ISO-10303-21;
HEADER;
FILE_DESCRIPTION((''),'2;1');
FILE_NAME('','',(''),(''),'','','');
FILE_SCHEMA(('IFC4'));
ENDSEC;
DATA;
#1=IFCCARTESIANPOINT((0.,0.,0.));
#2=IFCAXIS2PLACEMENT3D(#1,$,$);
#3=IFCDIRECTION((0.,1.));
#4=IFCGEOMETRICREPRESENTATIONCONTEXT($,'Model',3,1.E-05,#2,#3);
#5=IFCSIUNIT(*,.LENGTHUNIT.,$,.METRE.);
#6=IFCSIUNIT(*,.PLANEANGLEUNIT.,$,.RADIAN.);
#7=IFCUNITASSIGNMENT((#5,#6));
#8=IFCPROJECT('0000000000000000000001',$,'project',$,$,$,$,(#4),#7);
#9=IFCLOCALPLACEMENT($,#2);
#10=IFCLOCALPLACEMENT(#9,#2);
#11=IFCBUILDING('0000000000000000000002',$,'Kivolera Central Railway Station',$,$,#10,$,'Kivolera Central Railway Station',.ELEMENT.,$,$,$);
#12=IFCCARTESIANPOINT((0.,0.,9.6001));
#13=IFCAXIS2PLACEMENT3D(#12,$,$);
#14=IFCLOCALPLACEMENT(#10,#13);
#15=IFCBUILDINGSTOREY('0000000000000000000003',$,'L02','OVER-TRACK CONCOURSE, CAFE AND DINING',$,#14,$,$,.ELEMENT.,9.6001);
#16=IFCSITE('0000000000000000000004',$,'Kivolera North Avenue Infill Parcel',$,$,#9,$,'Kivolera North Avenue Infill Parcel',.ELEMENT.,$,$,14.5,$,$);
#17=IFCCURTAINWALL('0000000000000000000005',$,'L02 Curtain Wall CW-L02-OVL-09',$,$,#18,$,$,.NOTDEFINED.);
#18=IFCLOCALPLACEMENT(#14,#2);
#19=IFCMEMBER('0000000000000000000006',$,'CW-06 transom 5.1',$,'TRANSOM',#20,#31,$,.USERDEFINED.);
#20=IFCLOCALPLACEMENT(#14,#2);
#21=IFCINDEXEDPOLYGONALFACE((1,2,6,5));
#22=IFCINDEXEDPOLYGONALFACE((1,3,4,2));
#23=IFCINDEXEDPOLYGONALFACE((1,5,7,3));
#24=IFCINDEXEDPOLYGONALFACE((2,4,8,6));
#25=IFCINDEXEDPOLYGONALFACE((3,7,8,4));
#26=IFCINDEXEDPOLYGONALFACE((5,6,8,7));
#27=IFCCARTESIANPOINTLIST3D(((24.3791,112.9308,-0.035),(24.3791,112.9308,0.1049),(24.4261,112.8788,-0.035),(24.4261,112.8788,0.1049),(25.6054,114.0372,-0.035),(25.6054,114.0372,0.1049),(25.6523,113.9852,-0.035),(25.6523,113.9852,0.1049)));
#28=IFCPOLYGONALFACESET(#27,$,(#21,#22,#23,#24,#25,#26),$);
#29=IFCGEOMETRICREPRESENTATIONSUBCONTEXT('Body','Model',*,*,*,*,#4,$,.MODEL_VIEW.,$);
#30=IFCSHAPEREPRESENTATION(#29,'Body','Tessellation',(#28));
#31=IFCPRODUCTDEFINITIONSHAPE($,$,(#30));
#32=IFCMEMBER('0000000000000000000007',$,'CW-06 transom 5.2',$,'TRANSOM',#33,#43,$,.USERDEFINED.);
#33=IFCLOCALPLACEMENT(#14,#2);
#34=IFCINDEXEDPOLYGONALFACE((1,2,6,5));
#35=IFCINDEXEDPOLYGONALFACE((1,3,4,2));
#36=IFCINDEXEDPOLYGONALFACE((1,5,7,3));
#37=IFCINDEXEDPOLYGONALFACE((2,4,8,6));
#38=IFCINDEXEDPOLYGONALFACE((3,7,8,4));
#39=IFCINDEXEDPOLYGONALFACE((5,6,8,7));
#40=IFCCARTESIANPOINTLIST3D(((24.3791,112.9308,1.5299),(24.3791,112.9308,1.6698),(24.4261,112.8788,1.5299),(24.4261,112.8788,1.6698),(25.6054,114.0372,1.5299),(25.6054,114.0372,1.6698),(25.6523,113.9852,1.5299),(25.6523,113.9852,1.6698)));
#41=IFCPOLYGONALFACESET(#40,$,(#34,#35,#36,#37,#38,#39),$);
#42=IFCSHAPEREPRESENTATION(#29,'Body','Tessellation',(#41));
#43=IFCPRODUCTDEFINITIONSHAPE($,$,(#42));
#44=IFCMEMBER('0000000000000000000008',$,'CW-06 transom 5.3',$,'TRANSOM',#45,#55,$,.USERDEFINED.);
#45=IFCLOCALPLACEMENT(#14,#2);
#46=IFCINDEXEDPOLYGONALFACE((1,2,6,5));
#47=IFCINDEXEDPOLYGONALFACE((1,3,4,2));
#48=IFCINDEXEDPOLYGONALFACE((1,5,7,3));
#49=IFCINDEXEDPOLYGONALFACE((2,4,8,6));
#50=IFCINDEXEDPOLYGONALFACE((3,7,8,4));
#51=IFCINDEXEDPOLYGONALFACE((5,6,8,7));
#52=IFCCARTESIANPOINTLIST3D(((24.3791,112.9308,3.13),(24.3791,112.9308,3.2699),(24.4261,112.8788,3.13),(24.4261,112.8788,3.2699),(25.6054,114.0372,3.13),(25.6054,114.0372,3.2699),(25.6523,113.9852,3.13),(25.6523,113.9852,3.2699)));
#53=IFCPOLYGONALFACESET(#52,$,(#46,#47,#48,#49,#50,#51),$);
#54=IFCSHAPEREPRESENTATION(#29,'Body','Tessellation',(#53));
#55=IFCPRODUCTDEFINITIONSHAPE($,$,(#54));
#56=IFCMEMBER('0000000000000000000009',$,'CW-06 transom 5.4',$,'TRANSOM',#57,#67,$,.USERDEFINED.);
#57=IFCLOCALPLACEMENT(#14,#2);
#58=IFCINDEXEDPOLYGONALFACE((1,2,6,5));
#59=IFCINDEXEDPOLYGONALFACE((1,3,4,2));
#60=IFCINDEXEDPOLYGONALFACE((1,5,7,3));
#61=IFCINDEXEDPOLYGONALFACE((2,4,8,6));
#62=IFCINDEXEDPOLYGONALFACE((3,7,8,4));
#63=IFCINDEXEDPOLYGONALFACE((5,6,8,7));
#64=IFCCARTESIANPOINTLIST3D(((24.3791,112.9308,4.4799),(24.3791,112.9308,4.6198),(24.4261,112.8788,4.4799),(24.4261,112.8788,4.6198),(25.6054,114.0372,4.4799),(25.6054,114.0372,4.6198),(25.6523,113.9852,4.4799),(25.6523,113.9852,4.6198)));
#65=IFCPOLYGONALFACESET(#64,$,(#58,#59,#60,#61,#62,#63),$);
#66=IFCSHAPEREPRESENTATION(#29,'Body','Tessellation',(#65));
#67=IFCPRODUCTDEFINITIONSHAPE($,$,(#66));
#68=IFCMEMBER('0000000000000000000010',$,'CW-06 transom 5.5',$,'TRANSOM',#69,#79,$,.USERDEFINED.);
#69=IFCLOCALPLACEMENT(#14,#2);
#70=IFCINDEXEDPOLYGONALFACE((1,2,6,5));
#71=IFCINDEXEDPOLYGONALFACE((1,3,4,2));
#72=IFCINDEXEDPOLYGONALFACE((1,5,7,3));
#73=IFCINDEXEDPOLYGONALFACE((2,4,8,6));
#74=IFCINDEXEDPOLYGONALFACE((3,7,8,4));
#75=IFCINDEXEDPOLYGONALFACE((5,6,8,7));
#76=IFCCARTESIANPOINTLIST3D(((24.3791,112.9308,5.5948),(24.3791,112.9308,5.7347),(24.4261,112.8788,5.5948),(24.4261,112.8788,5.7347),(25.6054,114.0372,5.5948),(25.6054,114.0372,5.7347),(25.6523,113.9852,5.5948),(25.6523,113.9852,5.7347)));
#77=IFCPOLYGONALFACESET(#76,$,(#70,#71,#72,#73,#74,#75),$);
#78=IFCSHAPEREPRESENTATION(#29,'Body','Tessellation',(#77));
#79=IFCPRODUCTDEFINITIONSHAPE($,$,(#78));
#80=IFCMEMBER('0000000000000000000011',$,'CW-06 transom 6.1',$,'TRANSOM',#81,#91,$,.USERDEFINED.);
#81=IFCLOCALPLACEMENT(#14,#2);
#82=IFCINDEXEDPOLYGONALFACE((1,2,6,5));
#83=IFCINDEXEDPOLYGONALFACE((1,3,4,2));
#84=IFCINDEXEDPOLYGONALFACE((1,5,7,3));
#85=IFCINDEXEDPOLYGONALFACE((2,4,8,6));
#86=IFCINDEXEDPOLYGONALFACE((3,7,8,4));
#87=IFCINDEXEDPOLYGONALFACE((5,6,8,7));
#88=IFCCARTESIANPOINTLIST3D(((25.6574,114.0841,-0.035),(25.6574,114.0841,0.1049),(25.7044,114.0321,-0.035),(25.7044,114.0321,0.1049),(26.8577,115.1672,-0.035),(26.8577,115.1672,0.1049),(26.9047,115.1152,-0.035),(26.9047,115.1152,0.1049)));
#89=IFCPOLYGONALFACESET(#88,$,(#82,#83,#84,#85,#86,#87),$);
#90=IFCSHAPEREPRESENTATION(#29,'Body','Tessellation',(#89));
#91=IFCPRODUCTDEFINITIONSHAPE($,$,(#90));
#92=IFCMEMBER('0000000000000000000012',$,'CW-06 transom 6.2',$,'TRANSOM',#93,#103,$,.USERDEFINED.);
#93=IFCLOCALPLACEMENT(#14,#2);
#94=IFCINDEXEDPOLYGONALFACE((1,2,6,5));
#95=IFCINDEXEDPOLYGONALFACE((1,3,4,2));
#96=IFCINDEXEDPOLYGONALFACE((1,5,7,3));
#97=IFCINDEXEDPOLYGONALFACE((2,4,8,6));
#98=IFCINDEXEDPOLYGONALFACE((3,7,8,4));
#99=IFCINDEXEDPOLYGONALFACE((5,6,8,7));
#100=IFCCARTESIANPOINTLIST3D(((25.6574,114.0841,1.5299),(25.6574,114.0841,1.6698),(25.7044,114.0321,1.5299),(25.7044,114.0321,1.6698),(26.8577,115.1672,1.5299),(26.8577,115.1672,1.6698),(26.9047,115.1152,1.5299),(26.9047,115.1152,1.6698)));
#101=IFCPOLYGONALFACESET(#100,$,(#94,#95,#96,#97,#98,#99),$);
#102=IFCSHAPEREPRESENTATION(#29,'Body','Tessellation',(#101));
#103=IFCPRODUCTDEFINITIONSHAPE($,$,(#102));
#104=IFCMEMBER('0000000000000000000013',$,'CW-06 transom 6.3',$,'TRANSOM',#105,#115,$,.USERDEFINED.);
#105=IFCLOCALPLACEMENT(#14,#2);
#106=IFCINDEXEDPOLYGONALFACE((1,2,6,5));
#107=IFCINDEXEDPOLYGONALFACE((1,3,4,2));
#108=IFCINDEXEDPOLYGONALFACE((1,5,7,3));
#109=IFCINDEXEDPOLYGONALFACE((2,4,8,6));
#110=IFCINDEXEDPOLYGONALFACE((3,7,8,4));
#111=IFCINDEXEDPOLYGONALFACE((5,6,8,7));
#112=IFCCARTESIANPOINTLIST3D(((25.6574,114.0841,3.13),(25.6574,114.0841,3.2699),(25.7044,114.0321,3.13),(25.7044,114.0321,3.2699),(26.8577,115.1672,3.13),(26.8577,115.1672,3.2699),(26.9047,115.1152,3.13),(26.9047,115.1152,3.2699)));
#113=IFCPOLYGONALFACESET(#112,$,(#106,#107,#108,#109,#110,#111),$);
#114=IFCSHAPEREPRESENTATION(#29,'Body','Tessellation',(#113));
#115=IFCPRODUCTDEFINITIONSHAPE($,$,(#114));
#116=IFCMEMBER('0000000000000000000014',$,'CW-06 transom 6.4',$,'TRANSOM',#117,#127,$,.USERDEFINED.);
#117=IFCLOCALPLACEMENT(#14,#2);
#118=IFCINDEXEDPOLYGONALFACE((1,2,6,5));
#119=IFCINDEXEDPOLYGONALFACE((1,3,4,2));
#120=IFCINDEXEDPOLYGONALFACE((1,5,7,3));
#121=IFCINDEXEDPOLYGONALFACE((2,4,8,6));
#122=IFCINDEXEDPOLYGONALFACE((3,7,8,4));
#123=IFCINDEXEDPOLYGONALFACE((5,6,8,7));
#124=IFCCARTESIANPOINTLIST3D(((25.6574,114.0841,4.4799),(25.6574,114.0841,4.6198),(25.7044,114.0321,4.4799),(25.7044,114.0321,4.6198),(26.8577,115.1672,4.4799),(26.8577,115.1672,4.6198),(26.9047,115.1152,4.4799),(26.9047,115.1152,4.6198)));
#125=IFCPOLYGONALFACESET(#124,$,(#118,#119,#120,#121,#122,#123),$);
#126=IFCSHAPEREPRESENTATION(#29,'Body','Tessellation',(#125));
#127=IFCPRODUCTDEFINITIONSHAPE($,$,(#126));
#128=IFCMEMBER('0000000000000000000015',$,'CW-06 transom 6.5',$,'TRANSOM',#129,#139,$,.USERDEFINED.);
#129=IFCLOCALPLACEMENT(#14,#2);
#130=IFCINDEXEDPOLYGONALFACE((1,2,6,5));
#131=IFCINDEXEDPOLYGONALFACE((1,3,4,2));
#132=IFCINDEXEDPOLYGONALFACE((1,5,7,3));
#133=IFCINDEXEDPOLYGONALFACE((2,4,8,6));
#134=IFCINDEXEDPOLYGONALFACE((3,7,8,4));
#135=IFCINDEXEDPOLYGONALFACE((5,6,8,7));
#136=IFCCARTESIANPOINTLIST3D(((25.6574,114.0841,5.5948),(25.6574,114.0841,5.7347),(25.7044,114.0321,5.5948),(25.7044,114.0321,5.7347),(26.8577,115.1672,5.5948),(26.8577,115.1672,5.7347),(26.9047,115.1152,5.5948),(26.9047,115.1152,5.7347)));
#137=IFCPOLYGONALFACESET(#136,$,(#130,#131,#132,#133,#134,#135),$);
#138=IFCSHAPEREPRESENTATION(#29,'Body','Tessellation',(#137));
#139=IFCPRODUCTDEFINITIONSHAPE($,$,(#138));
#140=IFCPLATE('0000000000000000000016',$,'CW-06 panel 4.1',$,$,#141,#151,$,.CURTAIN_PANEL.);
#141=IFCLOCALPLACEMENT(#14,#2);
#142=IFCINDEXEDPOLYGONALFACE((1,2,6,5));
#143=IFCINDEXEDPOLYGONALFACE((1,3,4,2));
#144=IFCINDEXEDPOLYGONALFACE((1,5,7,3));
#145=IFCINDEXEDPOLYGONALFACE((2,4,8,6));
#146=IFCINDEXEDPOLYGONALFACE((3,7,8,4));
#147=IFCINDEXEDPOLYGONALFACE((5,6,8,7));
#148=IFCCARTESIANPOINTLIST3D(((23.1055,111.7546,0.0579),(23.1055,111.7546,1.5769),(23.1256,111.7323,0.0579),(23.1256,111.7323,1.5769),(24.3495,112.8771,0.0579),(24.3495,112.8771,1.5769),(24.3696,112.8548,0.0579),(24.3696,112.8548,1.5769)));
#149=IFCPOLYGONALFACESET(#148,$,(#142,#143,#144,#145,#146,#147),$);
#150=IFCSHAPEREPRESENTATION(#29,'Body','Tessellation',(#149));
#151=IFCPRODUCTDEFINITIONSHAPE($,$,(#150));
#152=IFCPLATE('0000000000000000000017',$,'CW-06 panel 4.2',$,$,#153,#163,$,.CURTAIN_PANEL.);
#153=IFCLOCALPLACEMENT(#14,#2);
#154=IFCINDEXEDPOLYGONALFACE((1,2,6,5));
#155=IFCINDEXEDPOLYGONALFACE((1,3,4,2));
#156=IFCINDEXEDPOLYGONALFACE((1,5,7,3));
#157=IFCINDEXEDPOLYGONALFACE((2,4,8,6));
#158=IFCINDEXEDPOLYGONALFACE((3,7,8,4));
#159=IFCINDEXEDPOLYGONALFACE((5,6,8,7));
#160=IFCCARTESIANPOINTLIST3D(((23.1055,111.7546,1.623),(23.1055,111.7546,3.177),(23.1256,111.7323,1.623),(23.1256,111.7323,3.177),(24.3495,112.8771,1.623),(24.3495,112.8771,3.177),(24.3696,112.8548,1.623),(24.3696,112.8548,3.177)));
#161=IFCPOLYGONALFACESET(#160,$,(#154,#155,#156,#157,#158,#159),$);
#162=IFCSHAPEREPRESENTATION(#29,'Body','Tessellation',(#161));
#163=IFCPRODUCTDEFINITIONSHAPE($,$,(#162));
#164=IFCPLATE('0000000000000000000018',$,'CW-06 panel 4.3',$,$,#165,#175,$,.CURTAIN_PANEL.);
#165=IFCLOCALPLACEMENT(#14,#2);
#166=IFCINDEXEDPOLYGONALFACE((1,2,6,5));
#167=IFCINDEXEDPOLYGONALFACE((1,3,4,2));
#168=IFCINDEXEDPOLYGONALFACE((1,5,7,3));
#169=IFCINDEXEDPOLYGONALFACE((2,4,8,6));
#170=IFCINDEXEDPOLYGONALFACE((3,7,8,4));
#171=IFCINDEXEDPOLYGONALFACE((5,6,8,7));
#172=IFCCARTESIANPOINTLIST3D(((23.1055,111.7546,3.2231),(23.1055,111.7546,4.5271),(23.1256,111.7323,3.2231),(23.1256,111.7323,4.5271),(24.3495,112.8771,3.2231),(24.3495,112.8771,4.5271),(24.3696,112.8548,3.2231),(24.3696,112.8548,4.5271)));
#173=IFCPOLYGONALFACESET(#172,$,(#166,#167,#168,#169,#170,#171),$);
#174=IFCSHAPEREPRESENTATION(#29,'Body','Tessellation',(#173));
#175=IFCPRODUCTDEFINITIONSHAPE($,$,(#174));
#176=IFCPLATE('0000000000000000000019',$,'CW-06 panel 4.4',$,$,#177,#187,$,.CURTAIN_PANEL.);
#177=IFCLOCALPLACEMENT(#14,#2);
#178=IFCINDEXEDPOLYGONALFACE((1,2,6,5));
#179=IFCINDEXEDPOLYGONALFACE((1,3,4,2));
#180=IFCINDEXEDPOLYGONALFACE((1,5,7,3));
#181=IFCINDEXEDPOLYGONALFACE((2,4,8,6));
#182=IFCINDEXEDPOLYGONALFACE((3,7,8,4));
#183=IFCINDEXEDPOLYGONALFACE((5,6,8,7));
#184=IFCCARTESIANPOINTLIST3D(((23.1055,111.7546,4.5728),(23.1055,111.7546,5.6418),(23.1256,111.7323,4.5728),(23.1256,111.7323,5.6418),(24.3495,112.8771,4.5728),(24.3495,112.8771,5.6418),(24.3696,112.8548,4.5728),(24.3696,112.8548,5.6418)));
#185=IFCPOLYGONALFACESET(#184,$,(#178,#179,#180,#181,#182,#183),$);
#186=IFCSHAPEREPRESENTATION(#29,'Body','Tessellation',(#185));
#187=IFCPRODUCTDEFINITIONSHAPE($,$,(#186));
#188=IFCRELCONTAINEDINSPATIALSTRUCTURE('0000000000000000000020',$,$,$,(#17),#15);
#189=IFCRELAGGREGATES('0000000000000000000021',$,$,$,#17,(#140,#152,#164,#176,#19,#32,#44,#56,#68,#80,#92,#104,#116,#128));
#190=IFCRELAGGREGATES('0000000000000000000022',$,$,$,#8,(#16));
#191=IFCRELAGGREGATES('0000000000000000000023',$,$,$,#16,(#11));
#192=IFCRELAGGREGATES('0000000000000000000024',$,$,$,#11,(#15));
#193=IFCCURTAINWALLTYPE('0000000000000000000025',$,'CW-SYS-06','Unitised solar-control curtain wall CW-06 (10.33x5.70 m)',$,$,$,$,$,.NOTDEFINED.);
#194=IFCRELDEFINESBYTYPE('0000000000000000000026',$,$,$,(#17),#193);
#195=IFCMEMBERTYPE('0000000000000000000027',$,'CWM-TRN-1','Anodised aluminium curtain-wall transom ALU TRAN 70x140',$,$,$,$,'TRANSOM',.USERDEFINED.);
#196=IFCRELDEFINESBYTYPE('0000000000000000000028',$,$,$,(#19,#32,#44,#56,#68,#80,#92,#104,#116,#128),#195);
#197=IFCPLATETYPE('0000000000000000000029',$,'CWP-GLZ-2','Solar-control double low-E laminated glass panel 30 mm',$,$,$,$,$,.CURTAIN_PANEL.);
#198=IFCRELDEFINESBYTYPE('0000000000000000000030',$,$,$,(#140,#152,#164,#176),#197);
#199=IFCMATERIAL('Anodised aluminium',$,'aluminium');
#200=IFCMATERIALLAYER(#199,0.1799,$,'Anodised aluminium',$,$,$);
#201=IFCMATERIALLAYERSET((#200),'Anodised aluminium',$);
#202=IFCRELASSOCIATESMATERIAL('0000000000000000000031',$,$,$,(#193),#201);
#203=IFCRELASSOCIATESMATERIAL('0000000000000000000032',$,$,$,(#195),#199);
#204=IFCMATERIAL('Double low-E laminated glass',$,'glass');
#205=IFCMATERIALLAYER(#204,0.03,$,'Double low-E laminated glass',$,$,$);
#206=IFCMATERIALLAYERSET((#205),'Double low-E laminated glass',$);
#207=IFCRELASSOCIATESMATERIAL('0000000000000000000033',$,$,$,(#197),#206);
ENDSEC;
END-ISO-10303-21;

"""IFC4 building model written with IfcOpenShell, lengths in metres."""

from ifc_helpers import new_model, si_unit, direction, frame, origin, origin_2d, place, context, subcontext, project, spatial, rectangle, extrude, material, layer, layer_set, material_profile, profile_set, type_object, element, aggregate, save


model = new_model("IFC4")

# Units and contexts
model_context = context("Model", 3, precision=1e-05, world=origin(), true_north=direction((0.0, 1.0)))
body_context = subcontext(model_context, "Body", "Model", "MODEL_VIEW")
ifc_project = project(units=[si_unit("LENGTHUNIT", "METRE"), si_unit("PLANEANGLEUNIT", "RADIAN")], contexts=[model_context])

# Site, building, storey
site_placement = place(None, origin())
site = spatial("IfcSite", under=ifc_project, at=site_placement, Name="Kivolera North Avenue Infill Parcel", LongName="Kivolera North Avenue Infill Parcel", CompositionType="ELEMENT", RefElevation=14.5)
building_placement = place(site_placement, origin())
building = spatial("IfcBuilding", under=site, at=building_placement, Name="Kivolera Central Railway Station", LongName="Kivolera Central Railway Station", CompositionType="ELEMENT")
storey_placement = place(building_placement, frame((0.0, 0.0, 9.6001)))
storey = spatial("IfcBuildingStorey", under=building, at=storey_placement, Name="L02", Description="OVER-TRACK CONCOURSE, CAFE AND DINING", CompositionType="ELEMENT", Elevation=9.6001)

# Curtain wall, members, plates
ifc_material_1 = material(Name="Anodised aluminium", Category="aluminium")
ifc_layer_1 = layer(ifc_material_1, 0.1799, Name="Anodised aluminium")
ifc_layer_set_1 = layer_set([ifc_layer_1], Name="Anodised aluminium")
curtain_wall_type = type_object("IfcCurtainWallType", Name="CW-SYS-06", Description="Unitised solar-control curtain wall CW-06 (10.33x5.70 m)", PredefinedType="NOTDEFINED", material=ifc_layer_set_1)
curtain_wall_placement = place(storey_placement, origin())
curtain_wall = element("IfcCurtainWall", 1, at=curtain_wall_placement, inside=storey, type_object=curtain_wall_type, Name="L02 Curtain Wall CW-L02-OVL-09", PredefinedType="NOTDEFINED")
ifc_material_profile_1 = material_profile(ifc_material_1, rectangle(XDim=0.0701, YDim=0.1399, at=origin_2d()), Name="ALU TRAN 70x140")
ifc_profile_set_1 = profile_set([ifc_material_profile_1], Name="Anodised aluminium")
member_type_1 = type_object("IfcMemberType", Name="CWM-TRN-1", Description="Anodised aluminium curtain-wall transom ALU TRAN 70x140", ElementType="TRANSOM", PredefinedType="USERDEFINED", material=ifc_profile_set_1)
member_1_placement = place(storey_placement, frame((24.4026, 112.9048, 0.0349), z_axis=(0.742463, 0.669887, 0.0), x_axis=(-0.669887, 0.742463, 0.0)))
member_1 = element("IfcMember", 2, at=member_1_placement, type_object=member_type_1, Name="CW-06 transom 5.1", ObjectType="TRANSOM", PredefinedType="USERDEFINED", context=body_context, shape_type="SweptSolid", body=[
    extrude(rectangle(XDim=0.0701, YDim=0.1399, at=origin_2d()), origin(), (0.0, 0.0, 1.0), 1.6516),
])
member_2_placement = place(storey_placement, frame((24.4026, 112.9048, 1.5999), z_axis=(0.742463, 0.669887, 0.0), x_axis=(-0.669887, 0.742463, 0.0)))
member_2 = element("IfcMember", 3, at=member_2_placement, type_object=member_type_1, Name="CW-06 transom 5.2", ObjectType="TRANSOM", PredefinedType="USERDEFINED", context=body_context, shape_type="SweptSolid", body=[
    extrude(rectangle(XDim=0.0701, YDim=0.1399, at=origin_2d()), origin(), (0.0, 0.0, 1.0), 1.6516),
])
member_3_placement = place(storey_placement, frame((24.4026, 112.9048, 3.2), z_axis=(0.742463, 0.669887, 0.0), x_axis=(-0.669887, 0.742463, 0.0)))
member_3 = element("IfcMember", 4, at=member_3_placement, type_object=member_type_1, Name="CW-06 transom 5.3", ObjectType="TRANSOM", PredefinedType="USERDEFINED", context=body_context, shape_type="SweptSolid", body=[
    extrude(rectangle(XDim=0.0701, YDim=0.1399, at=origin_2d()), origin(), (0.0, 0.0, 1.0), 1.6516),
])
member_4_placement = place(storey_placement, frame((24.4026, 112.9048, 4.5498), z_axis=(0.742463, 0.669887, 0.0), x_axis=(-0.669887, 0.742463, 0.0)))
member_4 = element("IfcMember", 5, at=member_4_placement, type_object=member_type_1, Name="CW-06 transom 5.4", ObjectType="TRANSOM", PredefinedType="USERDEFINED", context=body_context, shape_type="SweptSolid", body=[
    extrude(rectangle(XDim=0.0701, YDim=0.1399, at=origin_2d()), origin(), (0.0, 0.0, 1.0), 1.6516),
])
member_5_placement = place(storey_placement, frame((24.4026, 112.9048, 5.6648), z_axis=(0.742463, 0.669887, 0.0), x_axis=(-0.669887, 0.742463, 0.0)))
member_5 = element("IfcMember", 6, at=member_5_placement, type_object=member_type_1, Name="CW-06 transom 5.5", ObjectType="TRANSOM", PredefinedType="USERDEFINED", context=body_context, shape_type="SweptSolid", body=[
    extrude(rectangle(XDim=0.0701, YDim=0.1399, at=origin_2d()), origin(), (0.0, 0.0, 1.0), 1.6516),
])
member_6_placement = place(storey_placement, frame((25.6809, 114.0581, 0.0349), z_axis=(0.742422, 0.669932, 0.0), x_axis=(-0.669932, 0.742422, 0.0)))
member_6 = element("IfcMember", 7, at=member_6_placement, type_object=member_type_1, Name="CW-06 transom 6.1", ObjectType="TRANSOM", PredefinedType="USERDEFINED", context=body_context, shape_type="SweptSolid", body=[
    extrude(rectangle(XDim=0.0701, YDim=0.1399, at=origin_2d()), origin(), (0.0, 0.0, 1.0), 1.6167),
])
member_7_placement = place(storey_placement, frame((25.6809, 114.0581, 1.5999), z_axis=(0.742422, 0.669932, 0.0), x_axis=(-0.669932, 0.742422, 0.0)))
member_7 = element("IfcMember", 8, at=member_7_placement, type_object=member_type_1, Name="CW-06 transom 6.2", ObjectType="TRANSOM", PredefinedType="USERDEFINED", context=body_context, shape_type="SweptSolid", body=[
    extrude(rectangle(XDim=0.0701, YDim=0.1399, at=origin_2d()), origin(), (0.0, 0.0, 1.0), 1.6167),
])
member_8_placement = place(storey_placement, frame((25.6809, 114.0581, 3.2), z_axis=(0.742422, 0.669932, 0.0), x_axis=(-0.669932, 0.742422, 0.0)))
member_8 = element("IfcMember", 9, at=member_8_placement, type_object=member_type_1, Name="CW-06 transom 6.3", ObjectType="TRANSOM", PredefinedType="USERDEFINED", context=body_context, shape_type="SweptSolid", body=[
    extrude(rectangle(XDim=0.0701, YDim=0.1399, at=origin_2d()), origin(), (0.0, 0.0, 1.0), 1.6167),
])
member_9_placement = place(storey_placement, frame((25.6809, 114.0581, 4.5498), z_axis=(0.742422, 0.669932, 0.0), x_axis=(-0.669932, 0.742422, 0.0)))
member_9 = element("IfcMember", 10, at=member_9_placement, type_object=member_type_1, Name="CW-06 transom 6.4", ObjectType="TRANSOM", PredefinedType="USERDEFINED", context=body_context, shape_type="SweptSolid", body=[
    extrude(rectangle(XDim=0.0701, YDim=0.1399, at=origin_2d()), origin(), (0.0, 0.0, 1.0), 1.6167),
])
member_10_placement = place(storey_placement, frame((25.6809, 114.0581, 5.6648), z_axis=(0.742422, 0.669932, 0.0), x_axis=(-0.669932, 0.742422, 0.0)))
member_10 = element("IfcMember", 11, at=member_10_placement, type_object=member_type_1, Name="CW-06 transom 6.5", ObjectType="TRANSOM", PredefinedType="USERDEFINED", context=body_context, shape_type="SweptSolid", body=[
    extrude(rectangle(XDim=0.0701, YDim=0.1399, at=origin_2d()), origin(), (0.0, 0.0, 1.0), 1.6167),
])
ifc_material_2 = material(Name="Double low-E laminated glass", Category="glass")
ifc_layer_2 = layer(ifc_material_2, 0.03, Name="Double low-E laminated glass")
ifc_layer_set_2 = layer_set([ifc_layer_2], Name="Double low-E laminated glass")
plate_type = type_object("IfcPlateType", Name="CWP-GLZ-2", Description="Solar-control double low-E laminated glass panel 30 mm", PredefinedType="CURTAIN_PANEL", material=ifc_layer_set_2)
plate_1_placement = place(storey_placement, frame((23.7375, 112.3047, 0.0579), z_axis=(0.0, 0.0, 1.0), x_axis=(0.742432, 0.669922, 0.0)))
plate_1 = element("IfcPlate", 12, at=plate_1_placement, type_object=plate_type, Name="CW-06 panel 4.1", PredefinedType="CURTAIN_PANEL", context=body_context, shape_type="SweptSolid", body=[
    extrude(rectangle(XDim=1.6755, YDim=0.03, at=origin_2d()), origin(), (0.0, 0.0, 1.0), 1.519),
])
plate_2_placement = place(storey_placement, frame((23.7375, 112.3047, 1.623), z_axis=(0.0, 0.0, 1.0), x_axis=(0.742432, 0.669922, 0.0)))
plate_2 = element("IfcPlate", 13, at=plate_2_placement, type_object=plate_type, Name="CW-06 panel 4.2", PredefinedType="CURTAIN_PANEL", context=body_context, shape_type="SweptSolid", body=[
    extrude(rectangle(XDim=1.6755, YDim=0.03, at=origin_2d()), origin(), (0.0, 0.0, 1.0), 1.554),
])
plate_3_placement = place(storey_placement, frame((23.7375, 112.3047, 3.2231), z_axis=(0.0, 0.0, 1.0), x_axis=(0.742432, 0.669922, 0.0)))
plate_3 = element("IfcPlate", 14, at=plate_3_placement, type_object=plate_type, Name="CW-06 panel 4.3", PredefinedType="CURTAIN_PANEL", context=body_context, shape_type="SweptSolid", body=[
    extrude(rectangle(XDim=1.6755, YDim=0.03, at=origin_2d()), origin(), (0.0, 0.0, 1.0), 1.304),
])
plate_4_placement = place(storey_placement, frame((23.7375, 112.3047, 4.5728), z_axis=(0.0, 0.0, 1.0), x_axis=(0.742432, 0.669922, 0.0)))
plate_4 = element("IfcPlate", 15, at=plate_4_placement, type_object=plate_type, Name="CW-06 panel 4.4", PredefinedType="CURTAIN_PANEL", context=body_context, shape_type="SweptSolid", body=[
    extrude(rectangle(XDim=1.6755, YDim=0.03, at=origin_2d()), origin(), (0.0, 0.0, 1.0), 1.0691),
])
aggregate(curtain_wall, [plate_1, plate_2, plate_3, plate_4, member_1, member_2, member_3, member_4, member_5, member_6, member_7, member_8, member_9, member_10])

save(model, "model.ifc")
